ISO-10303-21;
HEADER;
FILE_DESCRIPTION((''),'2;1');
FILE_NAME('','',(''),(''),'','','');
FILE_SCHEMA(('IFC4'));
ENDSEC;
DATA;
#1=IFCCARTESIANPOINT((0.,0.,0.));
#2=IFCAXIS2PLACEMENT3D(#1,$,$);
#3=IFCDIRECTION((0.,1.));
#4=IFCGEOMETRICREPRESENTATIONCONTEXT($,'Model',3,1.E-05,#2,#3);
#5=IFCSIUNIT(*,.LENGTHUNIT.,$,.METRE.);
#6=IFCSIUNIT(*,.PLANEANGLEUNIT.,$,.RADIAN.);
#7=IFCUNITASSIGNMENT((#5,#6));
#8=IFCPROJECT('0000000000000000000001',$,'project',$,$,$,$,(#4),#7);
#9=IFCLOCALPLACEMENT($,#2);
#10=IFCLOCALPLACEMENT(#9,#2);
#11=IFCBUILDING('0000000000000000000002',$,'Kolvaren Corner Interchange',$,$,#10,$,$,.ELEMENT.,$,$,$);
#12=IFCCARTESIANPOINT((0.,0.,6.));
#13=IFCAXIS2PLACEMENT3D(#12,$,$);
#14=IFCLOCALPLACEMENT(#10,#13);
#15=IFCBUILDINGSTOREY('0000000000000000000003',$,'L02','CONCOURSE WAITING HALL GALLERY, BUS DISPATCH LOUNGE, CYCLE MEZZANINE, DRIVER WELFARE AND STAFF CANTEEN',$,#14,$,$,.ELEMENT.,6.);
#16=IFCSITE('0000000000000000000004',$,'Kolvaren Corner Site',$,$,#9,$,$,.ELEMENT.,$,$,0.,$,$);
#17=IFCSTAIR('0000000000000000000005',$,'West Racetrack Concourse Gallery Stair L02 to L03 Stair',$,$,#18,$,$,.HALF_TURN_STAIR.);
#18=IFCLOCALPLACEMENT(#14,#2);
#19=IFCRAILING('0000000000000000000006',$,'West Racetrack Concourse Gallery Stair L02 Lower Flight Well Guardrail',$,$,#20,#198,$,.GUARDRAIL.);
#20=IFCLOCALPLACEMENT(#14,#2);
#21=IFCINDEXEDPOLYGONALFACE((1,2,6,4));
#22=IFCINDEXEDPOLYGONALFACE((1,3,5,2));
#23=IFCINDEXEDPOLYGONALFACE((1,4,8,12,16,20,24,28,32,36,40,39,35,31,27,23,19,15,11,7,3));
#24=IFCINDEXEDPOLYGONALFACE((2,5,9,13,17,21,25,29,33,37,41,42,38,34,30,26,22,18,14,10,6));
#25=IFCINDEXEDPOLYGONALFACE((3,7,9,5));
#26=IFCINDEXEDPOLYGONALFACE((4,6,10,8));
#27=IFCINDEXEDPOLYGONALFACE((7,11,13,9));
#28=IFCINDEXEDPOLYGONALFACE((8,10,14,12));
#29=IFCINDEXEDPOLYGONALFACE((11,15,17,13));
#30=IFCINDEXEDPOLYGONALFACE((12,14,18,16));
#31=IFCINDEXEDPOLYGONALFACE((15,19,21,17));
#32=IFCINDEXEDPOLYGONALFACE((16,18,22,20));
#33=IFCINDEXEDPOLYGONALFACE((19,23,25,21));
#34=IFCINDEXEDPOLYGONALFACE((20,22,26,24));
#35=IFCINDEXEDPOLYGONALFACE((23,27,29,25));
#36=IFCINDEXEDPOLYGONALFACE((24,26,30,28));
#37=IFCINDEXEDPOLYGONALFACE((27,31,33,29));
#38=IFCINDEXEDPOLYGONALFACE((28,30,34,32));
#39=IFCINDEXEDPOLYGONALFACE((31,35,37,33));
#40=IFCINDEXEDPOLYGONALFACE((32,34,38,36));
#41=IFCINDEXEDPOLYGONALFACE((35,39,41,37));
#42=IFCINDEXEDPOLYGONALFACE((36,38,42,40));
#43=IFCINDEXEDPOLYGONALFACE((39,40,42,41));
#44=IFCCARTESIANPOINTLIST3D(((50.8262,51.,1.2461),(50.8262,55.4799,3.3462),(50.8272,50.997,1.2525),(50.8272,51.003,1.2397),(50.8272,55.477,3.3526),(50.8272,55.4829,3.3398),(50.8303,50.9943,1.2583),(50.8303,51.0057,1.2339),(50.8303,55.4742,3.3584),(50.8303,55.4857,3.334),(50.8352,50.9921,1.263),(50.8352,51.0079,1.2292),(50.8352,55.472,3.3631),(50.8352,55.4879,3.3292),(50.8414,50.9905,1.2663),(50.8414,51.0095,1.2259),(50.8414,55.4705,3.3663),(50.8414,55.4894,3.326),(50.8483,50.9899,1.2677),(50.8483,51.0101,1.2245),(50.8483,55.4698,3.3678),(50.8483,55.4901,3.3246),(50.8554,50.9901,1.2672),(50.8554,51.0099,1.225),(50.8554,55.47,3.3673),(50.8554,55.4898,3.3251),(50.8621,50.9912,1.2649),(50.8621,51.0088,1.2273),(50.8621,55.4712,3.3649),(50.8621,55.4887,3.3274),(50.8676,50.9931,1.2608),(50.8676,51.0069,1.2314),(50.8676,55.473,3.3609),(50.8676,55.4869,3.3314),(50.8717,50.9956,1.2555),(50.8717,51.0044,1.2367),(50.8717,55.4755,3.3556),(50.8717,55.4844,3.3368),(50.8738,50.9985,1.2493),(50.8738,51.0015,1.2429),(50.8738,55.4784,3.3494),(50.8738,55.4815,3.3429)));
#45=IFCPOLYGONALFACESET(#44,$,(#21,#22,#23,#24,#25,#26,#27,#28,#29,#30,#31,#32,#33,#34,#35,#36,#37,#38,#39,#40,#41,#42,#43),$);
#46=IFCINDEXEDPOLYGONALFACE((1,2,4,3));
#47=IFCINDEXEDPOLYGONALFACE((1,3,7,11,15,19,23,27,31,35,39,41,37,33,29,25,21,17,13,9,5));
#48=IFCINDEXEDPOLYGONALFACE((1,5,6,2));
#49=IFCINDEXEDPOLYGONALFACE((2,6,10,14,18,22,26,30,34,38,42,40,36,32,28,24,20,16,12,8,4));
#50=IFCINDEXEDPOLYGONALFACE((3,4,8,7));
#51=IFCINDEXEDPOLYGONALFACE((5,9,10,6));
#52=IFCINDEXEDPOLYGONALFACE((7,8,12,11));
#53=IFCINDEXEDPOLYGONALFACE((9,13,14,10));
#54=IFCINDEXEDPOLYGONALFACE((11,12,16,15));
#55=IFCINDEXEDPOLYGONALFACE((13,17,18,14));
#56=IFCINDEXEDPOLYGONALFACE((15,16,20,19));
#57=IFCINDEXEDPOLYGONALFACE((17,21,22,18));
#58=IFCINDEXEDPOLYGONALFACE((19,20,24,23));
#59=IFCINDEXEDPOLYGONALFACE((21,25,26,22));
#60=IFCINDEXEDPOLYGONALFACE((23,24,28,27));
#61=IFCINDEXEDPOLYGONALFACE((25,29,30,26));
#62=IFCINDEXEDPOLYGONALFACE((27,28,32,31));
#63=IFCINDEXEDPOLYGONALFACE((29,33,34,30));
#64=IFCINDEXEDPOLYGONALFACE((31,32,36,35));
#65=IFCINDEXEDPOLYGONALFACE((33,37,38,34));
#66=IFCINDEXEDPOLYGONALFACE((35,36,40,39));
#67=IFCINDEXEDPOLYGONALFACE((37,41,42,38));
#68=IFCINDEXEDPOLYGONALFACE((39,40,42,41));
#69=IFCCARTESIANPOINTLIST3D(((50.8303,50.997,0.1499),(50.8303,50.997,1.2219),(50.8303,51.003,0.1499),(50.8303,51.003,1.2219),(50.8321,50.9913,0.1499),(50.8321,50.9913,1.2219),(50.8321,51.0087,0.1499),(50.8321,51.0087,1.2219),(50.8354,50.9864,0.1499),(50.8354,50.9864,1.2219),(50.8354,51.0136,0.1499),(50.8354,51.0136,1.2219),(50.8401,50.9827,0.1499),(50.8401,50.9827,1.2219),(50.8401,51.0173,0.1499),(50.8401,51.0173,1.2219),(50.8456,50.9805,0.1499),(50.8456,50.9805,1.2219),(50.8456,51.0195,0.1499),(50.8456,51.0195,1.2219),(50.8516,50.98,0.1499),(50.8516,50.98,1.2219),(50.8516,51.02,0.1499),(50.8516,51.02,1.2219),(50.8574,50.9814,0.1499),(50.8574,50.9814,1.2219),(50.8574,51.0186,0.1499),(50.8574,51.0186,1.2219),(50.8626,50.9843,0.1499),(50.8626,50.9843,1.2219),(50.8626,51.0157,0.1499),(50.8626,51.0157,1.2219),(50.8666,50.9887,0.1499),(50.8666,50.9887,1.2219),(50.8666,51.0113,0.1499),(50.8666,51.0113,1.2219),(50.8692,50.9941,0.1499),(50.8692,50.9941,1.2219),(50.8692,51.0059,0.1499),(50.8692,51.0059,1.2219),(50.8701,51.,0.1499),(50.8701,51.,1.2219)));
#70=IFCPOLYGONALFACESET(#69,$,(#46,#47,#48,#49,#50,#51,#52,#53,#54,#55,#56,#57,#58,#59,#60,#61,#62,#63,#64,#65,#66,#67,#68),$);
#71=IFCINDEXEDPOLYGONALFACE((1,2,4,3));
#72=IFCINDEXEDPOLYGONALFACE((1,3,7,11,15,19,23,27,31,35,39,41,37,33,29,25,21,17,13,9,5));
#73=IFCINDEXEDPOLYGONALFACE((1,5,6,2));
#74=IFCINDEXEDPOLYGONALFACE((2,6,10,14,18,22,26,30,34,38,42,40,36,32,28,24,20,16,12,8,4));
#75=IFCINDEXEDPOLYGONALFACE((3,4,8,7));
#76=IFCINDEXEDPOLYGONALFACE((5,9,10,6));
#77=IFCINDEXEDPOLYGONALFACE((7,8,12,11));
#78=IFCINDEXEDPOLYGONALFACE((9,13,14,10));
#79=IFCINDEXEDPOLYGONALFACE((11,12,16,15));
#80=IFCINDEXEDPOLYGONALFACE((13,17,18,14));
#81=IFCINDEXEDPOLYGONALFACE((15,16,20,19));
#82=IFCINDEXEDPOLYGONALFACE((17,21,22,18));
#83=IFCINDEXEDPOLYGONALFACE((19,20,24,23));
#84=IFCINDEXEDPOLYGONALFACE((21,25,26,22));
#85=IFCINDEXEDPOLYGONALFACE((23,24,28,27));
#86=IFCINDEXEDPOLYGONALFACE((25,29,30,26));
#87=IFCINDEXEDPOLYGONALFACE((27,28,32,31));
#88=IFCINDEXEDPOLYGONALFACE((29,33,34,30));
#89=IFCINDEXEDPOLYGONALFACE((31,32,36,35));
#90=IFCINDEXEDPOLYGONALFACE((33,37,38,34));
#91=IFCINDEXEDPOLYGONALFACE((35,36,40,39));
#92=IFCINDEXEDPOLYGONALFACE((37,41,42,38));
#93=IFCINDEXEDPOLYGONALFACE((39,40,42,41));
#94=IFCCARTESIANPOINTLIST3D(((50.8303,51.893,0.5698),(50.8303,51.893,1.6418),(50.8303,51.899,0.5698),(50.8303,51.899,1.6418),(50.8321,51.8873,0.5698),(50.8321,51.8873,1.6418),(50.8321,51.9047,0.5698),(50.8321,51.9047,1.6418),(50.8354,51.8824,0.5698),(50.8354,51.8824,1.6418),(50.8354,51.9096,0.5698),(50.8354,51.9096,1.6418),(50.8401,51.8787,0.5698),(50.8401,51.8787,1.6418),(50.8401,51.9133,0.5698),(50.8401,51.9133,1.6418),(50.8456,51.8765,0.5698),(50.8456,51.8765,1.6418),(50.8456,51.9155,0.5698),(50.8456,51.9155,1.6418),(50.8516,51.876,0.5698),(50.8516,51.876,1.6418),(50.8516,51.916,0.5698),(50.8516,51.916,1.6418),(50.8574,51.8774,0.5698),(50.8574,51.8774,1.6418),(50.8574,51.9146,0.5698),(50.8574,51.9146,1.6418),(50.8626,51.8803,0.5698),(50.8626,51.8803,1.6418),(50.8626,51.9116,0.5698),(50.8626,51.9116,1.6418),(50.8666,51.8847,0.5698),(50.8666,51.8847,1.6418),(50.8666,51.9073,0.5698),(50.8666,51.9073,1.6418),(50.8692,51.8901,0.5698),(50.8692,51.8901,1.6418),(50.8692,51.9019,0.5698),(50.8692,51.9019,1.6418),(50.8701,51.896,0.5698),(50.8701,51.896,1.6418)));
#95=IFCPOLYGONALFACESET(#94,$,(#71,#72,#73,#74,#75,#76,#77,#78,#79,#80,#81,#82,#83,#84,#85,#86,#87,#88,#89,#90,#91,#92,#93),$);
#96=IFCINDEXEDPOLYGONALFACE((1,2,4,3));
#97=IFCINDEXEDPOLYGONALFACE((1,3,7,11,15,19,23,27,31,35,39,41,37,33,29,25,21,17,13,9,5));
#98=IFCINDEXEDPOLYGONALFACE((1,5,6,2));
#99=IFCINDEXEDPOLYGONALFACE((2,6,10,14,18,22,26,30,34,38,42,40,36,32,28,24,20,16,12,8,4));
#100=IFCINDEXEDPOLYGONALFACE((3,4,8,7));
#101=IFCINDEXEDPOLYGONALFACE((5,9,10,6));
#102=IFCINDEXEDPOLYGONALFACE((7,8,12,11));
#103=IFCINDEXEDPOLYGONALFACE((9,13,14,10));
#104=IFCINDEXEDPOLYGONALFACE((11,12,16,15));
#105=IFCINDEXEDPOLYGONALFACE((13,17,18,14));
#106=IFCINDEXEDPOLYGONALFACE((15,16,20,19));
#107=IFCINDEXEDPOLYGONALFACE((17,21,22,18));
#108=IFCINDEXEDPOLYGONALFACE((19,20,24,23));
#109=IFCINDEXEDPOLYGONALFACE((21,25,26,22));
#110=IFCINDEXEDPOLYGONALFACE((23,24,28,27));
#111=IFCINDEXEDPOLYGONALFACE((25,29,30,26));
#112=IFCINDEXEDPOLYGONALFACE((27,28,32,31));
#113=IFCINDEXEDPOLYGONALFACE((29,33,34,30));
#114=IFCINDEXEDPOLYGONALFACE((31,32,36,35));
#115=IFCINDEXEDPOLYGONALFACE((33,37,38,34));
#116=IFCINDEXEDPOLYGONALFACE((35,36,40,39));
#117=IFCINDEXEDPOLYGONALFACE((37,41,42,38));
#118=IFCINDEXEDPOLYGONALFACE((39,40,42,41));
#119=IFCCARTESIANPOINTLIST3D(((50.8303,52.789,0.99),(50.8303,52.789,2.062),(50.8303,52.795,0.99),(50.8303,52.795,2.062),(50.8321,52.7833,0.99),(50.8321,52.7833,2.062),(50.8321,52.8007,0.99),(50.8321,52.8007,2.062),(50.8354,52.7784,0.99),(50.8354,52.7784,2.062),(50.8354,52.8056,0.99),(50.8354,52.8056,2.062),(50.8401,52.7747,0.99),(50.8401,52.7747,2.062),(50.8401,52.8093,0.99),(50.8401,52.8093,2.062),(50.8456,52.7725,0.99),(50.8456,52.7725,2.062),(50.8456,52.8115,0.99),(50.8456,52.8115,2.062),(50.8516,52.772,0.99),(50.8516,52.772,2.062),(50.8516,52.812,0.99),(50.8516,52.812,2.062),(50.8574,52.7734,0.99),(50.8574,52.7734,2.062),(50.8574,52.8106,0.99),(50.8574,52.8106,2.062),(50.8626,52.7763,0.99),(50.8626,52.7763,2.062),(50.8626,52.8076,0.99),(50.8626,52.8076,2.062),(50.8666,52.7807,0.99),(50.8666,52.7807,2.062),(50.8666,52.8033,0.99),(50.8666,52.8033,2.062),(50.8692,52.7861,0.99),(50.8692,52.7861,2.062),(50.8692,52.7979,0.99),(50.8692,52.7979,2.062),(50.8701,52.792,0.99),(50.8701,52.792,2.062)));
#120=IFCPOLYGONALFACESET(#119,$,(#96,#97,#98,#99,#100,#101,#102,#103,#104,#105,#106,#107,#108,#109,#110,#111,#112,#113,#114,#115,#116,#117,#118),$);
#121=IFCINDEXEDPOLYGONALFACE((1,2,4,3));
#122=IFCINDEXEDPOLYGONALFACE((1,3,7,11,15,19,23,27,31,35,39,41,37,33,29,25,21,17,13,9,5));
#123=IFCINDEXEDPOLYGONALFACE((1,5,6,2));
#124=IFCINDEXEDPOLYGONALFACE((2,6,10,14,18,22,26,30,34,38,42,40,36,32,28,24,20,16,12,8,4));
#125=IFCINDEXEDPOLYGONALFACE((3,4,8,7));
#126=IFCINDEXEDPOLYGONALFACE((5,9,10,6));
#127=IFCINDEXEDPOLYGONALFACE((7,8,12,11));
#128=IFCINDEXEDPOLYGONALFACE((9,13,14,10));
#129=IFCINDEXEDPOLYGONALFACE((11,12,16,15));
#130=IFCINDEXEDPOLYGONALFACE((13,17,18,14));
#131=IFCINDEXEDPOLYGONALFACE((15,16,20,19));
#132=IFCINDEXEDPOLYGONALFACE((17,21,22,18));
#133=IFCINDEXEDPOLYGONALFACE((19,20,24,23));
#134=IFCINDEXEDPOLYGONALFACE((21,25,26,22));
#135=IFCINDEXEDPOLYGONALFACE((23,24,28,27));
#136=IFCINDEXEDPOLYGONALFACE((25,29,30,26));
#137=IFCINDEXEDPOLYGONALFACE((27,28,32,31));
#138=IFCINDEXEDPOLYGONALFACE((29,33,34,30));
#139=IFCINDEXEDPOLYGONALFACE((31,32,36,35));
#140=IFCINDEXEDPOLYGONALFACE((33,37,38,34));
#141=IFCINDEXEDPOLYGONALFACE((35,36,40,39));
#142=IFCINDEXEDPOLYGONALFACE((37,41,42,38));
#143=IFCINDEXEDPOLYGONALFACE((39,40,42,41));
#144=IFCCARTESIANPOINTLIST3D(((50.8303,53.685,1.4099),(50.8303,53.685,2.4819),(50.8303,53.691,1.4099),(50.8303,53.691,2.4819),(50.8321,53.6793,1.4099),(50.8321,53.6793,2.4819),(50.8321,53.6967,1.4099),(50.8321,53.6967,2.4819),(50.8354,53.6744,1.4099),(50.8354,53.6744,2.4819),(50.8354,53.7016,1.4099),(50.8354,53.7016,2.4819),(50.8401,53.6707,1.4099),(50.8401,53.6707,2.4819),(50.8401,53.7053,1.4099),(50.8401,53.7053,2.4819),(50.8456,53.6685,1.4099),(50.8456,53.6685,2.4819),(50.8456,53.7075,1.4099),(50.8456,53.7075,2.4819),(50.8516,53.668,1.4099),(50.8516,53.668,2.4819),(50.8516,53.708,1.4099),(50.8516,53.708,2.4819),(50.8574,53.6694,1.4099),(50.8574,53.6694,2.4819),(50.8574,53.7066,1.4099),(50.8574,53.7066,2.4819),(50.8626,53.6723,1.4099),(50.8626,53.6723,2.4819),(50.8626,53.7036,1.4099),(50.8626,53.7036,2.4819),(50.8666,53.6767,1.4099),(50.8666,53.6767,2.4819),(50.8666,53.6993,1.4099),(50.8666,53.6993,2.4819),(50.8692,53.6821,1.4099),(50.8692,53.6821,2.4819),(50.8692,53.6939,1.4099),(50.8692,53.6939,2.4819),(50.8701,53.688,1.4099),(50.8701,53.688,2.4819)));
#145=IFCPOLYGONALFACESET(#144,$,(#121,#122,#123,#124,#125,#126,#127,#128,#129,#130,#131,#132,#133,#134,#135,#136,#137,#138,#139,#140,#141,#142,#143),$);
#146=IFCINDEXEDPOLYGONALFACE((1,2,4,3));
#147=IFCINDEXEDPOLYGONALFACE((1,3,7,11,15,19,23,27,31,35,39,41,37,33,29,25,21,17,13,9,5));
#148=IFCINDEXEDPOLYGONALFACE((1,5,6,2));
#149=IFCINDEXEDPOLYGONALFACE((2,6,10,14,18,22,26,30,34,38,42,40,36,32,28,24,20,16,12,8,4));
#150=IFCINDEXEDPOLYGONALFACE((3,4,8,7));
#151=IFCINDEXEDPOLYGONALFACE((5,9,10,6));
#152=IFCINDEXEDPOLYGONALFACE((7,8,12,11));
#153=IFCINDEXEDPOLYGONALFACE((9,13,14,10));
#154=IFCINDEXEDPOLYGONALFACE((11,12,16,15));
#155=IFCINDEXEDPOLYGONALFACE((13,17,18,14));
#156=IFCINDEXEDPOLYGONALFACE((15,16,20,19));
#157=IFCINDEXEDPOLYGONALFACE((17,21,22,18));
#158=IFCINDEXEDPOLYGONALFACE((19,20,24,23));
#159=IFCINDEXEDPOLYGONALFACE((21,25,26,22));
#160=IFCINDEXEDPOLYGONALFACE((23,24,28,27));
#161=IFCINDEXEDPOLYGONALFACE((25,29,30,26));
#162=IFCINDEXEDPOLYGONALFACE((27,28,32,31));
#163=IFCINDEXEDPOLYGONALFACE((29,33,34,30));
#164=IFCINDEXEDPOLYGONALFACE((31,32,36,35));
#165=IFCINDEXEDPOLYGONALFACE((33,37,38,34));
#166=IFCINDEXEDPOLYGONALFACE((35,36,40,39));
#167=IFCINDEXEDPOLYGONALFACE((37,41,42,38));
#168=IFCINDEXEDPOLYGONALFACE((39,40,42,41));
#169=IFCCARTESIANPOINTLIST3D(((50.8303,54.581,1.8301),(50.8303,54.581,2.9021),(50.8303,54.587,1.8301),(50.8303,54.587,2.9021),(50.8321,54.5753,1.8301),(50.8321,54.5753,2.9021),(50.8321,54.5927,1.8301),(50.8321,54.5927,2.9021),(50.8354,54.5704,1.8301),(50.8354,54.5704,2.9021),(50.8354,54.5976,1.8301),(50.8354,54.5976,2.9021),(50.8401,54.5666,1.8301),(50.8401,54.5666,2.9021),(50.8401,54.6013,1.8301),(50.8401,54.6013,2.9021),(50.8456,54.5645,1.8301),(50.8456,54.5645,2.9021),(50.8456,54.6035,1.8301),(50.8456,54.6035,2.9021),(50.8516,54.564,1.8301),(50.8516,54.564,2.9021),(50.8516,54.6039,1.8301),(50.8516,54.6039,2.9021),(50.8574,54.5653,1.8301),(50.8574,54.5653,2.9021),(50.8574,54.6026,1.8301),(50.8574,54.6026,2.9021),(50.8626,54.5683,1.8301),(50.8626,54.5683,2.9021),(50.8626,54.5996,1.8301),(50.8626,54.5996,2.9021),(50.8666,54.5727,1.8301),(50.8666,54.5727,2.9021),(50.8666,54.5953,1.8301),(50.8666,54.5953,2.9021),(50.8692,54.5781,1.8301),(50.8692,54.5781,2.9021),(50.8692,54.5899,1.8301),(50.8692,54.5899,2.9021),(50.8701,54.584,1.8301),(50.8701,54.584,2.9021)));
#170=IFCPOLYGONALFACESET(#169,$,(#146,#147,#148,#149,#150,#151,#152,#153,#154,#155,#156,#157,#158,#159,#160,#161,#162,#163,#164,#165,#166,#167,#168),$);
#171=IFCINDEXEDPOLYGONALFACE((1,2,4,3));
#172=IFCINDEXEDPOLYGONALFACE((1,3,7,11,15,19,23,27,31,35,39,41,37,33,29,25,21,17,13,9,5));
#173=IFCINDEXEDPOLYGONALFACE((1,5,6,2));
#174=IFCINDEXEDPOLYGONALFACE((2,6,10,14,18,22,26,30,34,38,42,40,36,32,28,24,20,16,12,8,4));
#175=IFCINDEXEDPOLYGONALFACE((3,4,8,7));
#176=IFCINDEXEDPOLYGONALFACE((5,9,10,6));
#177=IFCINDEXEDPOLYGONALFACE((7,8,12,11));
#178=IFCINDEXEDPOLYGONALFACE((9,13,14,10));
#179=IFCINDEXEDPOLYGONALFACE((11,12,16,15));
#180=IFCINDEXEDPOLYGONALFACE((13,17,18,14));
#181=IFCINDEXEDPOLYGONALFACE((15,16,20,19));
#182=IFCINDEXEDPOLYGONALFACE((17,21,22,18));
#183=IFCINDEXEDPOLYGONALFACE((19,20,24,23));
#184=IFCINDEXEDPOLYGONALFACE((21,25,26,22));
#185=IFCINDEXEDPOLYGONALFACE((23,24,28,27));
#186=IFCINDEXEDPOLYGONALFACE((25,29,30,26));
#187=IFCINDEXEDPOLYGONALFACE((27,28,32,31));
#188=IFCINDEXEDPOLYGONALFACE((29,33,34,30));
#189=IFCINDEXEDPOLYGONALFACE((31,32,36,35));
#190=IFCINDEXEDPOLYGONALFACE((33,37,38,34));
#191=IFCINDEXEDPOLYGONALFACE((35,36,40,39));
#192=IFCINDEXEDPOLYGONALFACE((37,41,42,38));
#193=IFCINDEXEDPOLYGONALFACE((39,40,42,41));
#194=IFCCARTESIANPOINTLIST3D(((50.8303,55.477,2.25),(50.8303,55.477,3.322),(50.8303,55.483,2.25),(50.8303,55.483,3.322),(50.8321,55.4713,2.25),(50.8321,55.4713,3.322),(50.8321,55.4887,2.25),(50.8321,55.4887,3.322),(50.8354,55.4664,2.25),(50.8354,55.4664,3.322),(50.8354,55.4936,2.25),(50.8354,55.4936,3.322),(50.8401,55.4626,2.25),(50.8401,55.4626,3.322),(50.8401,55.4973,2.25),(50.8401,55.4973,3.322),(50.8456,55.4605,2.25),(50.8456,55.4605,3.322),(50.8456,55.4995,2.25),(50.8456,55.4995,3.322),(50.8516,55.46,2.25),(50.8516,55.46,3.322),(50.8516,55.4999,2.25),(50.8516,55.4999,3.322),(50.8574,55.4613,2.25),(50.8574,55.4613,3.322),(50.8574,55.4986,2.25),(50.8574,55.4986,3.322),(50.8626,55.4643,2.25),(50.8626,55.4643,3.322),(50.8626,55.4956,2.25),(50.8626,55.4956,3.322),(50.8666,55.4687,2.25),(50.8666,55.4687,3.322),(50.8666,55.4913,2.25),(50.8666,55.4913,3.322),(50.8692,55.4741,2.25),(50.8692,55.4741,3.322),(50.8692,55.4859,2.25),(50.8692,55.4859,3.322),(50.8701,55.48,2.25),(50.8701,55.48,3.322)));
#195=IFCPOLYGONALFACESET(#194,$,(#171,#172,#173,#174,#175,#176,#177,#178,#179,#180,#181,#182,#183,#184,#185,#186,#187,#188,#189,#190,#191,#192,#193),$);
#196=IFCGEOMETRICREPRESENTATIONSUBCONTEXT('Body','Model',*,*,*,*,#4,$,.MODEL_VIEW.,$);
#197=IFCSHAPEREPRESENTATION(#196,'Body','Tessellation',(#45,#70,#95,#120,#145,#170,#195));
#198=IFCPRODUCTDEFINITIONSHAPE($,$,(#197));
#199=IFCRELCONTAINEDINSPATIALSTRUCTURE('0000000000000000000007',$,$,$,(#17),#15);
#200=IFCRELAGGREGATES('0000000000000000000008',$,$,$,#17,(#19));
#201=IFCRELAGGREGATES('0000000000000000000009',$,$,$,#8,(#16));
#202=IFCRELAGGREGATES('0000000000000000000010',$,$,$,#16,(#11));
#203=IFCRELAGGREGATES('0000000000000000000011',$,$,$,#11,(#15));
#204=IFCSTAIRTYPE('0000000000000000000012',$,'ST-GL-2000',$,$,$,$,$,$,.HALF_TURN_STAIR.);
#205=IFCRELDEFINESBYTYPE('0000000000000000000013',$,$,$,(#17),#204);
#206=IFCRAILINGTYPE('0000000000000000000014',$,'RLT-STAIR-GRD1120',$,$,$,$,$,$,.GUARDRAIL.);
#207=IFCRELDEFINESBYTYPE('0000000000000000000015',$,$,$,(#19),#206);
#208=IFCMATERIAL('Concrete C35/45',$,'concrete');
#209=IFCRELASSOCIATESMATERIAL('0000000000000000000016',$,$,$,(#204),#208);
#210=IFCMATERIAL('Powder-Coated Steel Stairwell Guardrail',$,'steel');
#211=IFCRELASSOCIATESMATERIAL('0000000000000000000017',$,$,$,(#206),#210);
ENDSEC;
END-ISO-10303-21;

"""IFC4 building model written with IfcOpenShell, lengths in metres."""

from ifc_helpers import new_model, si_unit, direction, frame, origin, origin_2d, place, context, subcontext, project, spatial, circle, extrude, material, type_object, element, aggregate, save


model = new_model("IFC4")

# Units and contexts
model_context = context("Model", 3, precision=1e-05, world=origin(), true_north=direction((0.0, 1.0)))
body_context = subcontext(model_context, "Body", "Model", "MODEL_VIEW")
ifc_project = project(units=[si_unit("LENGTHUNIT", "METRE"), si_unit("PLANEANGLEUNIT", "RADIAN")], contexts=[model_context])

# Site, building, storey
site_placement = place(None, origin())
site = spatial("IfcSite", under=ifc_project, at=site_placement, Name="Kolvaren Corner Site", CompositionType="ELEMENT", RefElevation=0.0)
building_placement = place(site_placement, origin())
building = spatial("IfcBuilding", under=site, at=building_placement, Name="Kolvaren Corner Interchange", CompositionType="ELEMENT")
storey_placement = place(building_placement, frame((0.0, 0.0, 6.0)))
storey = spatial("IfcBuildingStorey", under=building, at=storey_placement, Name="L02", Description="CONCOURSE WAITING HALL GALLERY, BUS DISPATCH LOUNGE, CYCLE MEZZANINE, DRIVER WELFARE AND STAFF CANTEEN", CompositionType="ELEMENT", Elevation=6.0)

# Stair
ifc_material_1 = material(Name="Concrete C35/45", Category="concrete")
stair_type = type_object("IfcStairType", Name="ST-GL-2000", PredefinedType="HALF_TURN_STAIR", material=ifc_material_1)
stair_placement = place(storey_placement, origin())
stair = element("IfcStair", 1, at=stair_placement, inside=storey, type_object=stair_type, Name="West Racetrack Concourse Gallery Stair L02 to L03 Stair", PredefinedType="HALF_TURN_STAIR")

# Railing
ifc_material_2 = material(Name="Powder-Coated Steel Stairwell Guardrail", Category="steel")
railing_type_1 = type_object("IfcRailingType", Name="RLT-STAIR-GRD1120", PredefinedType="GUARDRAIL", material=ifc_material_2)
railing_1_placement = place(storey_placement, frame((50.8501, 51.0, 0.1499)))
railing_1 = element("IfcRailing", 2, at=railing_1_placement, type_object=railing_type_1, Name="West Racetrack Concourse Gallery Stair L02 Lower Flight Well Guardrail", PredefinedType="GUARDRAIL", context=body_context, shape_type="SweptSolid", body=[
    extrude(circle(Radius=0.0239, at=origin_2d()), frame((0.0, 0.0, 1.0962), z_axis=(0.0, 0.905451, 0.424452), x_axis=(-1.0, 0.0, 0.0)), (0.0, 0.0, 1.0), 4.9478),
    extrude(circle(Radius=0.02, at=origin_2d()), origin(), (0.0, 0.0, 1.0), 1.072),
    extrude(circle(Radius=0.02, at=origin_2d()), frame((0.0, 0.896, 0.4199)), (0.0, 0.0, 1.0), 1.072),
    extrude(circle(Radius=0.02, at=origin_2d()), frame((0.0, 1.792, 0.8401)), (0.0, 0.0, 1.0), 1.072),
    extrude(circle(Radius=0.02, at=origin_2d()), frame((0.0, 2.688, 1.26)), (0.0, 0.0, 1.0), 1.072),
    extrude(circle(Radius=0.02, at=origin_2d()), frame((0.0, 3.584, 1.6802)), (0.0, 0.0, 1.0), 1.072),
    extrude(circle(Radius=0.02, at=origin_2d()), frame((0.0, 4.48, 2.1001)), (0.0, 0.0, 1.0), 1.072),
])
aggregate(stair, [railing_1])

save(model, "model.ifc")
